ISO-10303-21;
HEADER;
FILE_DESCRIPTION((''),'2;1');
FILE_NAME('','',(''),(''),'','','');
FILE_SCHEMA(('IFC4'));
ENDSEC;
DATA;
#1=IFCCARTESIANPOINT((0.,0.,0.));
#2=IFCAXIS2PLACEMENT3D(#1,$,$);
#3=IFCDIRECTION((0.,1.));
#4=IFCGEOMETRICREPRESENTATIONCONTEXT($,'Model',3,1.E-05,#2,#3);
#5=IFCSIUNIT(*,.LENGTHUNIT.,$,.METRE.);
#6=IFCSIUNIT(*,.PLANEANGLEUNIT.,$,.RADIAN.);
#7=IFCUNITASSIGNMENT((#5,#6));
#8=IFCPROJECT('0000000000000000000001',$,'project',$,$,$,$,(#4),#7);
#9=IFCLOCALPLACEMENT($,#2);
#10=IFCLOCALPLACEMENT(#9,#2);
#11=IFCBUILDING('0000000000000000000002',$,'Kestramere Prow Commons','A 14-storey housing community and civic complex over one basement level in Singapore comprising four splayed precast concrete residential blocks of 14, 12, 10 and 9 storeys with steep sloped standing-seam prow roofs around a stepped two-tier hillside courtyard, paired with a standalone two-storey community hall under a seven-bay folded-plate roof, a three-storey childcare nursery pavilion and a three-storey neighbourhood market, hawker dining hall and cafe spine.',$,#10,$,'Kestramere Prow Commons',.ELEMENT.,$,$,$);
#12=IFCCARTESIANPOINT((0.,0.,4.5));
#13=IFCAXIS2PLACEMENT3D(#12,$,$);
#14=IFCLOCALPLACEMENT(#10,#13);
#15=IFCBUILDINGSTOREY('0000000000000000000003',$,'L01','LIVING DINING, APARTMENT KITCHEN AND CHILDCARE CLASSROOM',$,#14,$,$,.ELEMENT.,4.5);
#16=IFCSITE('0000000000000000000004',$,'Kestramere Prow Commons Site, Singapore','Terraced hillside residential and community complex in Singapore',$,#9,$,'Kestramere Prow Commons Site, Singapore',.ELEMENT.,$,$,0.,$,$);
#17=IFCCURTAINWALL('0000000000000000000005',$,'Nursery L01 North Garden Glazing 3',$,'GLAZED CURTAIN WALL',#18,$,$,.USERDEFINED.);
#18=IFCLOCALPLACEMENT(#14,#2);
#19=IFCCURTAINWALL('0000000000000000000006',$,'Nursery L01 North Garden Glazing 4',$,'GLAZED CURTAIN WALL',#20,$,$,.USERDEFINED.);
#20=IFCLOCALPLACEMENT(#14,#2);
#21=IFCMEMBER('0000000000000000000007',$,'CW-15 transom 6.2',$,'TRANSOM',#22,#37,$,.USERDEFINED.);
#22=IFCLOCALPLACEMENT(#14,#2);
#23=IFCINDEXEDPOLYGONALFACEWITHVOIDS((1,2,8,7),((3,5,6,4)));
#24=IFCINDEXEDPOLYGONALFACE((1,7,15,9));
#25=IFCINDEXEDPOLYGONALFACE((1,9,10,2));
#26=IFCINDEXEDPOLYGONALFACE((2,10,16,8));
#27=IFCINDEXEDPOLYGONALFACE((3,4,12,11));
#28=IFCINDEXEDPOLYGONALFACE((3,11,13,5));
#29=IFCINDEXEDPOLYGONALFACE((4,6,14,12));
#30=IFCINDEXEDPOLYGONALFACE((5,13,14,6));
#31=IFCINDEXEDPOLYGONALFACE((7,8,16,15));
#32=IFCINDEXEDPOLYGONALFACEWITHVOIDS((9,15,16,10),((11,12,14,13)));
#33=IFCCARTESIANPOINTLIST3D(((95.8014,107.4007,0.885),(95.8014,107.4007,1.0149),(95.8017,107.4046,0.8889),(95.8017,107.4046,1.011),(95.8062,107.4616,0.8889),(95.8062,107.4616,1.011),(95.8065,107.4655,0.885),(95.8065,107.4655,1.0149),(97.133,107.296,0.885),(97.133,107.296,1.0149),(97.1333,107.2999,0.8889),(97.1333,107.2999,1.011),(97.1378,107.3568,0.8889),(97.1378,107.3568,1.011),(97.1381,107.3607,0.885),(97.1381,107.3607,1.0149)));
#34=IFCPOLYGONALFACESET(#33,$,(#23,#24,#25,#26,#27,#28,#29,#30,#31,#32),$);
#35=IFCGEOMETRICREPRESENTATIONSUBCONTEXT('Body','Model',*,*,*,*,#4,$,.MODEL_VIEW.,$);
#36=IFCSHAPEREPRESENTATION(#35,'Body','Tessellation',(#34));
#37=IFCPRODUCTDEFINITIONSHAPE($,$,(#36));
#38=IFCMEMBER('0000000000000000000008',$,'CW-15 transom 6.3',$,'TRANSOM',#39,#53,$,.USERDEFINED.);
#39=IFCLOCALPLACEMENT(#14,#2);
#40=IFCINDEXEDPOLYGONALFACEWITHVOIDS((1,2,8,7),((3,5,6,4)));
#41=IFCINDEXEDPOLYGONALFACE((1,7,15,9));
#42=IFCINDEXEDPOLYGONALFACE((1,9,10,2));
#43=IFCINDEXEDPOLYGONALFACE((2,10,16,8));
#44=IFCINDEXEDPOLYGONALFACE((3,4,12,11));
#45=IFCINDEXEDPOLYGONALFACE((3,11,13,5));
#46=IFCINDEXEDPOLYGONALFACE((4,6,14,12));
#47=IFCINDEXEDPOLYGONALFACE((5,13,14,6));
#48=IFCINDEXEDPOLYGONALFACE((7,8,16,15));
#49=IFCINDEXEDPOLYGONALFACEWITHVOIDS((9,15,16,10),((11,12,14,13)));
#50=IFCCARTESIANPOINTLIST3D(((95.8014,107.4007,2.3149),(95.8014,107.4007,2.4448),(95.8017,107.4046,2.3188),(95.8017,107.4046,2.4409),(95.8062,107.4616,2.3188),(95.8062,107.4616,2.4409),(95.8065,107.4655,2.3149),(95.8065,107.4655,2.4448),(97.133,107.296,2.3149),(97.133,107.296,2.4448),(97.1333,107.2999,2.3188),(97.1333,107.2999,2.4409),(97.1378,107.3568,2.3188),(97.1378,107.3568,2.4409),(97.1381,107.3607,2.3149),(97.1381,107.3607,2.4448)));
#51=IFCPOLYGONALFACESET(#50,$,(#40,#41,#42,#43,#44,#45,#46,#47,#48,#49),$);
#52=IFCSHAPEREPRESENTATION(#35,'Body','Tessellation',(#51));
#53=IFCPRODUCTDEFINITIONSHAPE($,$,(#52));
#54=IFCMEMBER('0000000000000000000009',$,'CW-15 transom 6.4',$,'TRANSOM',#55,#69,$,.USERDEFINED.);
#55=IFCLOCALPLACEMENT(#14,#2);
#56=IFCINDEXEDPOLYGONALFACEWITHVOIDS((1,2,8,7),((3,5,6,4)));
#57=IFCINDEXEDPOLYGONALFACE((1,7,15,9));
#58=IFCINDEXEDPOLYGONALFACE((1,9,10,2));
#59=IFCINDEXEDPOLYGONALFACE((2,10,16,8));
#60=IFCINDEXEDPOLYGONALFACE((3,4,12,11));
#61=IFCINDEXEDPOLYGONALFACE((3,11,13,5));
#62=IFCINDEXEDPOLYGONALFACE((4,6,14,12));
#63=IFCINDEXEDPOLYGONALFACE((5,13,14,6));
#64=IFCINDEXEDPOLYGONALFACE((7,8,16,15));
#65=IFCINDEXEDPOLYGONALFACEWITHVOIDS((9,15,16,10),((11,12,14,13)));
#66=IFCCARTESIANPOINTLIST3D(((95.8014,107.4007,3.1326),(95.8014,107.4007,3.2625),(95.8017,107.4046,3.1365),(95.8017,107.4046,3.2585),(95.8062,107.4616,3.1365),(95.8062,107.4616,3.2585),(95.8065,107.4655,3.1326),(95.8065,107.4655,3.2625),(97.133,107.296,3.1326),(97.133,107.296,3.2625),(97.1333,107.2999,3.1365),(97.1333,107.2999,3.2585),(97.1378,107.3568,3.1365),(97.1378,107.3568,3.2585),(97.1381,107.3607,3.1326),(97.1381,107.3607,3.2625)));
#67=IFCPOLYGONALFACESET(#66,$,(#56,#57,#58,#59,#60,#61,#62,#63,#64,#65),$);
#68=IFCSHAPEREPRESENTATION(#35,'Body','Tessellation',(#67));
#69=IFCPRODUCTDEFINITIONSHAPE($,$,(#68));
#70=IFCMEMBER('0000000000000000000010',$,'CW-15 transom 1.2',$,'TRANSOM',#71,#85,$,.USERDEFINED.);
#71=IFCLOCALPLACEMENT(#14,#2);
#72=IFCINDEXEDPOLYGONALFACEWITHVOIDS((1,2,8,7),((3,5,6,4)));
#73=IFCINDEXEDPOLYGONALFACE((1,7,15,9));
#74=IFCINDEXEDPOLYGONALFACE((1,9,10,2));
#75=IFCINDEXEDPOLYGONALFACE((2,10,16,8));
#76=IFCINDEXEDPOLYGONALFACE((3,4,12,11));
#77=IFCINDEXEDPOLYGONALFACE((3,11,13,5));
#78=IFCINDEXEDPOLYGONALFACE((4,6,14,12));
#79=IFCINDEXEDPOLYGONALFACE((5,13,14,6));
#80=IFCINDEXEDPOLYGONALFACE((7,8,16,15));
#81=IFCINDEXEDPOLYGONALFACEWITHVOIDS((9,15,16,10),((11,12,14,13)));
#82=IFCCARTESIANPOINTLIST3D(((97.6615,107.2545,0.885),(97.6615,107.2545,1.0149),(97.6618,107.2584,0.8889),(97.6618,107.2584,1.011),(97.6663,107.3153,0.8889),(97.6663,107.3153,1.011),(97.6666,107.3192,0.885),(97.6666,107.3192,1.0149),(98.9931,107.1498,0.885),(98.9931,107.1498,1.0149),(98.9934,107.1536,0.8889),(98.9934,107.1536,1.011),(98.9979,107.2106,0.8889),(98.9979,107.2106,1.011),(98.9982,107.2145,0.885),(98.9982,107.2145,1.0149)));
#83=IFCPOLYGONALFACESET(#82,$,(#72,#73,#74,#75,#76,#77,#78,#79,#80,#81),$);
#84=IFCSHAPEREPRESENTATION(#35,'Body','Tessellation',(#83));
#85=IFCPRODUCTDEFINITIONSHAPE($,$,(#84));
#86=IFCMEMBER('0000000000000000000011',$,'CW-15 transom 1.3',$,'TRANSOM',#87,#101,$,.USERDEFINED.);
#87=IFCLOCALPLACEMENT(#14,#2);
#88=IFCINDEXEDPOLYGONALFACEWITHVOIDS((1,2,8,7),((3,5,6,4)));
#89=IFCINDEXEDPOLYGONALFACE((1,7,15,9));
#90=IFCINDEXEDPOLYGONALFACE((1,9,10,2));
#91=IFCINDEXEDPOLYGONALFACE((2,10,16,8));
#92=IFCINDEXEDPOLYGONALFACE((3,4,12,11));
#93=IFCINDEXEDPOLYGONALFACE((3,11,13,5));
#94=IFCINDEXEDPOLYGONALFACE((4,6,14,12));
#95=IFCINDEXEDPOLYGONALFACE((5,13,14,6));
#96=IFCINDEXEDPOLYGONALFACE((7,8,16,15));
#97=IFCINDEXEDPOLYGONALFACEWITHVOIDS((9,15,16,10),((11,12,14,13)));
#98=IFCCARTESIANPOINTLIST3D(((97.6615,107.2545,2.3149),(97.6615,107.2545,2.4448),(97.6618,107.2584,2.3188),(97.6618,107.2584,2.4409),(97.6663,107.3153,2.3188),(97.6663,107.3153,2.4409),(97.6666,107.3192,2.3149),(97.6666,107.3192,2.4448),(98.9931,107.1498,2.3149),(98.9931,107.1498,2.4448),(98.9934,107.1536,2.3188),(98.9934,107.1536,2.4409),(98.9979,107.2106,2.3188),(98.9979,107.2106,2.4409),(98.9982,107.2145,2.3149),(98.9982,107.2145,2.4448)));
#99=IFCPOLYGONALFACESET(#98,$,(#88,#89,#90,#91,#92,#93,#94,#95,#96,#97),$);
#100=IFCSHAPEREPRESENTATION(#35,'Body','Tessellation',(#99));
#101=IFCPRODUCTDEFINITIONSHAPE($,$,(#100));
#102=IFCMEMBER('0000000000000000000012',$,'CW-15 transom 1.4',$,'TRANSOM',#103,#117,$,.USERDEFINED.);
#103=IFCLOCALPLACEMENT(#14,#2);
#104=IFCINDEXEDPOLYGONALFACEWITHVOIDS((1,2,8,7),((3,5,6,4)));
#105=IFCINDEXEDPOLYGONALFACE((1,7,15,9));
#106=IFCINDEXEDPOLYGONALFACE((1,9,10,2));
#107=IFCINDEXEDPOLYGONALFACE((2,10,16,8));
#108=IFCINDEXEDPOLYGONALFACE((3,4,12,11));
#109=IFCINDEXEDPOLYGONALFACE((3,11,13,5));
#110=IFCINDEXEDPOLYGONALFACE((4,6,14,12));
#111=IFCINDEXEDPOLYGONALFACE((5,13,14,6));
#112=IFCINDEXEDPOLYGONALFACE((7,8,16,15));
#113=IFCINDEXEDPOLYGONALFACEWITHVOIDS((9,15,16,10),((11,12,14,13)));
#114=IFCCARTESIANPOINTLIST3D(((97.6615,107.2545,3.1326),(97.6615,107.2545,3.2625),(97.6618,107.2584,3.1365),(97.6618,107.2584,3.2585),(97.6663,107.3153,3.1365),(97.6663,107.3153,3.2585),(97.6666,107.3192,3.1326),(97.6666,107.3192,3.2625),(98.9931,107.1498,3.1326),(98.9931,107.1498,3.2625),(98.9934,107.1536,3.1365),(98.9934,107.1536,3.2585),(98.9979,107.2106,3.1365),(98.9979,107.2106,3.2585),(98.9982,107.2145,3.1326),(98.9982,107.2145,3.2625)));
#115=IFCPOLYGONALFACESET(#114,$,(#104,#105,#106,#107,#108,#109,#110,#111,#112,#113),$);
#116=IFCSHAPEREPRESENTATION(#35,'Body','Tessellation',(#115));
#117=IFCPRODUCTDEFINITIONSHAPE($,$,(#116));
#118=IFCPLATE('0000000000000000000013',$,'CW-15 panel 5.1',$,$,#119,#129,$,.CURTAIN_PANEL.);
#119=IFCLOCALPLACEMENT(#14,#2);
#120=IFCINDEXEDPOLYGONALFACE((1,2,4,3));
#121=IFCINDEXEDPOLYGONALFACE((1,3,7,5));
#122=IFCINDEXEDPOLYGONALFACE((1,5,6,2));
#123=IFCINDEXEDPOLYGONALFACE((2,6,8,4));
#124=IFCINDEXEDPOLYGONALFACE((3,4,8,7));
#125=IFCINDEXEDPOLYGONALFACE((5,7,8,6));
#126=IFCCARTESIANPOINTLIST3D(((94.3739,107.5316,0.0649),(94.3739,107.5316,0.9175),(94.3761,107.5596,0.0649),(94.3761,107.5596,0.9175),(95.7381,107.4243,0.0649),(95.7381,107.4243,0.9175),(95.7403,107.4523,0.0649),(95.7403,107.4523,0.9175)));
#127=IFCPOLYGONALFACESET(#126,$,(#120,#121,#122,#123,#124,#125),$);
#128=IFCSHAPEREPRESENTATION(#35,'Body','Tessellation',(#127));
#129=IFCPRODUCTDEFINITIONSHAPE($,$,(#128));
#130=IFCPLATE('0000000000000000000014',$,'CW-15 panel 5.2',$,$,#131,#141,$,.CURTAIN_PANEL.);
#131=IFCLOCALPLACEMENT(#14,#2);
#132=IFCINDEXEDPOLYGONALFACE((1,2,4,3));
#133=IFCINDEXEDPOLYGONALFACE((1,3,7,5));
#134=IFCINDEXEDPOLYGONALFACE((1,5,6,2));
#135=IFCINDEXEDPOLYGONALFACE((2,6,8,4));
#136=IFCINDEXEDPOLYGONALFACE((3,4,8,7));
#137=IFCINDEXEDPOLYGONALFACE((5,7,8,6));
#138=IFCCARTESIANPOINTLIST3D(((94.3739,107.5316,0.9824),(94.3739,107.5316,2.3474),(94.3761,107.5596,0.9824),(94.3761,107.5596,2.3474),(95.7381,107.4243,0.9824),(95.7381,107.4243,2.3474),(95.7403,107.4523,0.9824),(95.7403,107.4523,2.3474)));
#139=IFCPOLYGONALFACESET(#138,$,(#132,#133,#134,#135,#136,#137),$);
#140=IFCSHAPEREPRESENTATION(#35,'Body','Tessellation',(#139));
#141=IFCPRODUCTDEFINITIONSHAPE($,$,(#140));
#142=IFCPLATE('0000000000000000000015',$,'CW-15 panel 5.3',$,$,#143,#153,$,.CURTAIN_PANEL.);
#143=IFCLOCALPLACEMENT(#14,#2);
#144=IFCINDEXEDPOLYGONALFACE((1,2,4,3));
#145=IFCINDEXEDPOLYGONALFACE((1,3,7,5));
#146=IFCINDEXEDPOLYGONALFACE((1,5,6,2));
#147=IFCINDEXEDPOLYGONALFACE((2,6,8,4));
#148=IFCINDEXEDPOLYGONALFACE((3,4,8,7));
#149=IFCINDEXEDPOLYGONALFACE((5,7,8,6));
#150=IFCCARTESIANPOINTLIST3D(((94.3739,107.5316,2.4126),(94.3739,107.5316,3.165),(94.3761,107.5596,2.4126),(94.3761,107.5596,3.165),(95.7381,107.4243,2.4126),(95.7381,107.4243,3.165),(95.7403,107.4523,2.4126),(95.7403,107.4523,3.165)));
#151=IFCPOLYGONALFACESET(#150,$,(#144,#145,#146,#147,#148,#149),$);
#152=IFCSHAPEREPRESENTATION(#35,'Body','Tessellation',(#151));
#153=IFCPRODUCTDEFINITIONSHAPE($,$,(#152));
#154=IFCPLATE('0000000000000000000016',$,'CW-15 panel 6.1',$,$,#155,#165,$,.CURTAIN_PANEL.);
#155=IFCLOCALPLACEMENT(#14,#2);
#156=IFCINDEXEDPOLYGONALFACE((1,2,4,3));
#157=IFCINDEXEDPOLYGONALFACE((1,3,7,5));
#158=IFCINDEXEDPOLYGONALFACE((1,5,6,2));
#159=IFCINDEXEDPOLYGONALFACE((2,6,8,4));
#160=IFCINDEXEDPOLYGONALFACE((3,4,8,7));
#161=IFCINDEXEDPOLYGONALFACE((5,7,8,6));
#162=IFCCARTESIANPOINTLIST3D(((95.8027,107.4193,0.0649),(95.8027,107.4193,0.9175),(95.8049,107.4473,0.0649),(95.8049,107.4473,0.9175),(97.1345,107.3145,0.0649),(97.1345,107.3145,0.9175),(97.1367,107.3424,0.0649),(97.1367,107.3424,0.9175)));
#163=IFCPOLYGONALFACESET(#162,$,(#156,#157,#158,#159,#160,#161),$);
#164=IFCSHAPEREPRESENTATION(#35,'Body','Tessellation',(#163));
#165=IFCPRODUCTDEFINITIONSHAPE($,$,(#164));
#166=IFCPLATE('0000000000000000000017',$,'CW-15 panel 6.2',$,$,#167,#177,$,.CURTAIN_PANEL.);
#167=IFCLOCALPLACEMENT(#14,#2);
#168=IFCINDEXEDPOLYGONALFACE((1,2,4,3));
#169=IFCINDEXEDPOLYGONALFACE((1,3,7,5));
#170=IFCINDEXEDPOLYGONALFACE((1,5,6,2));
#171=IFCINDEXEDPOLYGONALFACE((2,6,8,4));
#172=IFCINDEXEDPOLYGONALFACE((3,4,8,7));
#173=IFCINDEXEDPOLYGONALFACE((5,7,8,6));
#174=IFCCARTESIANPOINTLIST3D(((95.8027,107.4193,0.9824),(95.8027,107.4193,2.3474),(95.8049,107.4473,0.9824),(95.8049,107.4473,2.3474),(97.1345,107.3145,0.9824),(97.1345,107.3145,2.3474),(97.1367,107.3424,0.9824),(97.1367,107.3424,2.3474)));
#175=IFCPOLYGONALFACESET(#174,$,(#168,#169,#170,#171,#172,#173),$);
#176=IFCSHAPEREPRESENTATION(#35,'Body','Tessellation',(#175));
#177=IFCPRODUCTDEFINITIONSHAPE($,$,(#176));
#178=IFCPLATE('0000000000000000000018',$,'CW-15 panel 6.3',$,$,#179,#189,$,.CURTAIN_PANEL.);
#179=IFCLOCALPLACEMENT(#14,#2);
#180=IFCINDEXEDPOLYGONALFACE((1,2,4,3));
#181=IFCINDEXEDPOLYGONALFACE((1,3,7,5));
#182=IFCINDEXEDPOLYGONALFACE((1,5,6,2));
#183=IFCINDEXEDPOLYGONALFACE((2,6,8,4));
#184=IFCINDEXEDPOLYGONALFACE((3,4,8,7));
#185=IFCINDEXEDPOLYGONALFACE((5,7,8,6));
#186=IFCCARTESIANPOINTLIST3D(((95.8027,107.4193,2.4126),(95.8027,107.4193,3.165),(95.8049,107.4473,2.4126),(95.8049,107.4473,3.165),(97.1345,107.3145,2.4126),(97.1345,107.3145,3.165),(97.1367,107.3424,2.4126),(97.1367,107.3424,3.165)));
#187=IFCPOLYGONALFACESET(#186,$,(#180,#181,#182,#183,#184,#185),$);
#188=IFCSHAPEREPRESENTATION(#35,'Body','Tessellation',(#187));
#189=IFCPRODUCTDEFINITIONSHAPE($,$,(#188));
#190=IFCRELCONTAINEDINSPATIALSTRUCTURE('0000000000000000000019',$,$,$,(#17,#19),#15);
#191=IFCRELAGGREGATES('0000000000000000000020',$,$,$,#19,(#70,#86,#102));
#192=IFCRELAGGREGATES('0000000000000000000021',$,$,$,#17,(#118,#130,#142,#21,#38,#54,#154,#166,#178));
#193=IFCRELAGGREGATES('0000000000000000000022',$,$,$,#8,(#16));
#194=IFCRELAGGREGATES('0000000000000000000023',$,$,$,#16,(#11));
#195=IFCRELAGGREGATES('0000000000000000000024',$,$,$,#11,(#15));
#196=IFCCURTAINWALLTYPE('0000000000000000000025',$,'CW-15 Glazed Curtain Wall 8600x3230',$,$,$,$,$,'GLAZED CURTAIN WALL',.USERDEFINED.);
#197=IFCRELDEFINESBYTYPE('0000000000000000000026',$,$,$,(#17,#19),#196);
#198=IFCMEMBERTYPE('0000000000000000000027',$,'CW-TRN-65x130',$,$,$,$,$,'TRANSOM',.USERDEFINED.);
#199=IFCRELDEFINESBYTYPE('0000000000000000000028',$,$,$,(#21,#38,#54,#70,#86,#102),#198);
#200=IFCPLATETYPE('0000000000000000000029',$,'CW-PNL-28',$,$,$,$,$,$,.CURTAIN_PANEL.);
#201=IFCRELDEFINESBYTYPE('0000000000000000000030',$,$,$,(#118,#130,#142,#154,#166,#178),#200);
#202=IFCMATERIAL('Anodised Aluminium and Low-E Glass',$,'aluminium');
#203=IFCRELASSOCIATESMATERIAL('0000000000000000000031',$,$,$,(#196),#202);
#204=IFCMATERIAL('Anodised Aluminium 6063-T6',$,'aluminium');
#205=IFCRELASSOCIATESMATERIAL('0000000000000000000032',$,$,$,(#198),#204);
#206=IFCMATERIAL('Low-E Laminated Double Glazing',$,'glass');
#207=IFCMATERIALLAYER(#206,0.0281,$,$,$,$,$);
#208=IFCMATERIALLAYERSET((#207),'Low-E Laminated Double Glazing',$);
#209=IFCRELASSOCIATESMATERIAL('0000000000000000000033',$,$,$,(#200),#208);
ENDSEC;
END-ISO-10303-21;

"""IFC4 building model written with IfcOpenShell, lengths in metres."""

from ifc_helpers import new_model, si_unit, direction, frame, origin, origin_2d, place, context, subcontext, project, spatial, rectangle, hollow_rectangle, extrude, material, layer, layer_set, material_profile, profile_set, type_object, element, aggregate, save


model = new_model("IFC4")

# Units and contexts
model_context = context("Model", 3, precision=1e-05, world=origin(), true_north=direction((0.0, 1.0)))
body_context = subcontext(model_context, "Body", "Model", "MODEL_VIEW")
ifc_project = project(units=[si_unit("LENGTHUNIT", "METRE"), si_unit("PLANEANGLEUNIT", "RADIAN")], contexts=[model_context])

# Site, building, storey
site_placement = place(None, origin())
site = spatial("IfcSite", under=ifc_project, at=site_placement, Name="Kestramere Prow Commons Site, Singapore", Description="Terraced hillside residential and community complex in Singapore", LongName="Kestramere Prow Commons Site, Singapore", CompositionType="ELEMENT", RefElevation=0.0)
building_placement = place(site_placement, origin())
building = spatial("IfcBuilding", under=site, at=building_placement, Name="Kestramere Prow Commons", Description="A 14-storey housing community and civic complex over one basement level in Singapore comprising four splayed precast concrete residential blocks of 14, 12, 10 and 9 storeys with steep sloped standing-seam prow roofs around a stepped two-tier hillside courtyard, paired with a standalone two-storey community hall under a seven-bay folded-plate roof, a three-storey childcare nursery pavilion and a three-storey neighbourhood market, hawker dining hall and cafe spine.", LongName="Kestramere Prow Commons", CompositionType="ELEMENT")
storey_placement = place(building_placement, frame((0.0, 0.0, 4.5)))
storey = spatial("IfcBuildingStorey", under=building, at=storey_placement, Name="L01", Description="LIVING DINING, APARTMENT KITCHEN AND CHILDCARE CLASSROOM", CompositionType="ELEMENT", Elevation=4.5)

# Curtain wall
ifc_material_1 = material(Name="Anodised Aluminium and Low-E Glass", Category="aluminium")
curtain_wall_type = type_object("IfcCurtainWallType", Name="CW-15 Glazed Curtain Wall 8600x3230", ElementType="GLAZED CURTAIN WALL", PredefinedType="USERDEFINED", material=ifc_material_1)
curtain_wall_1_placement = place(storey_placement, origin())
curtain_wall_1 = element("IfcCurtainWall", 1, at=curtain_wall_1_placement, inside=storey, type_object=curtain_wall_type, Name="Nursery L01 North Garden Glazing 3", ObjectType="GLAZED CURTAIN WALL", PredefinedType="USERDEFINED")
ifc_material_2 = material(Name="Anodised Aluminium 6063-T6", Category="aluminium")

# Curtain wall
curtain_wall_2_placement = place(storey_placement, origin())
curtain_wall_2 = element("IfcCurtainWall", 2, at=curtain_wall_2_placement, inside=storey, type_object=curtain_wall_type, Name="Nursery L01 North Garden Glazing 4", ObjectType="GLAZED CURTAIN WALL", PredefinedType="USERDEFINED")

# Members
ifc_material_profile_1 = material_profile(ifc_material_2, hollow_rectangle(XDim=0.0649, YDim=0.1299, WallThickness=0.0039, at=origin_2d()), Name="ALU-TRN 65x130")
ifc_profile_set_1 = profile_set([ifc_material_profile_1], Name="Anodised Aluminium 6063-T6")
member_type_1 = type_object("IfcMemberType", Name="CW-TRN-65x130", ElementType="TRANSOM", PredefinedType="USERDEFINED", material=ifc_profile_set_1)
member_1_placement = place(storey_placement, frame((95.804, 107.4331, 0.95), z_axis=(0.996921, -0.078416, 0.0), x_axis=(0.078416, 0.996921, 0.0)))
member_1 = element("IfcMember", 3, at=member_1_placement, type_object=member_type_1, Name="CW-15 transom 6.2", ObjectType="TRANSOM", PredefinedType="USERDEFINED", context=body_context, shape_type="SweptSolid", body=[
    extrude(hollow_rectangle(XDim=0.0649, YDim=0.1299, WallThickness=0.0039, at=origin_2d()), origin(), (0.0, 0.0, 1.0), 1.3357),
])
member_2_placement = place(storey_placement, frame((95.804, 107.4331, 2.3799), z_axis=(0.996921, -0.078416, 0.0), x_axis=(0.078416, 0.996921, 0.0)))
member_2 = element("IfcMember", 4, at=member_2_placement, type_object=member_type_1, Name="CW-15 transom 6.3", ObjectType="TRANSOM", PredefinedType="USERDEFINED", context=body_context, shape_type="SweptSolid", body=[
    extrude(hollow_rectangle(XDim=0.0649, YDim=0.1299, WallThickness=0.0039, at=origin_2d()), origin(), (0.0, 0.0, 1.0), 1.3357),
])
member_3_placement = place(storey_placement, frame((95.804, 107.4331, 3.1975), z_axis=(0.996921, -0.078416, 0.0), x_axis=(0.078416, 0.996921, 0.0)))
member_3 = element("IfcMember", 5, at=member_3_placement, type_object=member_type_1, Name="CW-15 transom 6.4", ObjectType="TRANSOM", PredefinedType="USERDEFINED", context=body_context, shape_type="SweptSolid", body=[
    extrude(hollow_rectangle(XDim=0.0649, YDim=0.1299, WallThickness=0.0039, at=origin_2d()), origin(), (0.0, 0.0, 1.0), 1.3357),
])
member_4_placement = place(storey_placement, frame((97.6641, 107.2869, 0.95), z_axis=(0.996921, -0.078416, 0.0), x_axis=(0.078416, 0.996921, 0.0)))
member_4 = element("IfcMember", 6, at=member_4_placement, type_object=member_type_1, Name="CW-15 transom 1.2", ObjectType="TRANSOM", PredefinedType="USERDEFINED", context=body_context, shape_type="SweptSolid", body=[
    extrude(hollow_rectangle(XDim=0.0649, YDim=0.1299, WallThickness=0.0039, at=origin_2d()), origin(), (0.0, 0.0, 1.0), 1.3357),
])
member_5_placement = place(storey_placement, frame((97.6641, 107.2869, 2.3799), z_axis=(0.996921, -0.078416, 0.0), x_axis=(0.078416, 0.996921, 0.0)))
member_5 = element("IfcMember", 7, at=member_5_placement, type_object=member_type_1, Name="CW-15 transom 1.3", ObjectType="TRANSOM", PredefinedType="USERDEFINED", context=body_context, shape_type="SweptSolid", body=[
    extrude(hollow_rectangle(XDim=0.0649, YDim=0.1299, WallThickness=0.0039, at=origin_2d()), origin(), (0.0, 0.0, 1.0), 1.3357),
])
member_6_placement = place(storey_placement, frame((97.6641, 107.2869, 3.1975), z_axis=(0.996921, -0.078416, 0.0), x_axis=(0.078416, 0.996921, 0.0)))
member_6 = element("IfcMember", 8, at=member_6_placement, type_object=member_type_1, Name="CW-15 transom 1.4", ObjectType="TRANSOM", PredefinedType="USERDEFINED", context=body_context, shape_type="SweptSolid", body=[
    extrude(hollow_rectangle(XDim=0.0649, YDim=0.1299, WallThickness=0.0039, at=origin_2d()), origin(), (0.0, 0.0, 1.0), 1.3357),
])
aggregate(curtain_wall_2, [member_4, member_5, member_6])

# Plates
ifc_material_3 = material(Name="Low-E Laminated Double Glazing", Category="glass")
ifc_layer = layer(ifc_material_3, 0.0281)
ifc_layer_set = layer_set([ifc_layer], Name="Low-E Laminated Double Glazing")
plate_type = type_object("IfcPlateType", Name="CW-PNL-28", PredefinedType="CURTAIN_PANEL", material=ifc_layer_set)
plate_1_placement = place(storey_placement, frame((95.0571, 107.4919, 0.0649), z_axis=(0.0, 0.0, 1.0), x_axis=(0.996917, -0.078459, 0.0)))
plate_1 = element("IfcPlate", 9, at=plate_1_placement, type_object=plate_type, Name="CW-15 panel 5.1", PredefinedType="CURTAIN_PANEL", context=body_context, shape_type="SweptSolid", body=[
    extrude(rectangle(XDim=1.3684, YDim=0.0281, at=origin_2d()), origin(), (0.0, 0.0, 1.0), 0.8525),
])
plate_2_placement = place(storey_placement, frame((95.0571, 107.4919, 0.9824), z_axis=(0.0, 0.0, 1.0), x_axis=(0.996917, -0.078459, 0.0)))
plate_2 = element("IfcPlate", 10, at=plate_2_placement, type_object=plate_type, Name="CW-15 panel 5.2", PredefinedType="CURTAIN_PANEL", context=body_context, shape_type="SweptSolid", body=[
    extrude(rectangle(XDim=1.3684, YDim=0.0281, at=origin_2d()), origin(), (0.0, 0.0, 1.0), 1.365),
])
plate_3_placement = place(storey_placement, frame((95.0571, 107.4919, 2.4126), z_axis=(0.0, 0.0, 1.0), x_axis=(0.996917, -0.078459, 0.0)))
plate_3 = element("IfcPlate", 11, at=plate_3_placement, type_object=plate_type, Name="CW-15 panel 5.3", PredefinedType="CURTAIN_PANEL", context=body_context, shape_type="SweptSolid", body=[
    extrude(rectangle(XDim=1.3684, YDim=0.0281, at=origin_2d()), origin(), (0.0, 0.0, 1.0), 0.7524),
])
plate_4_placement = place(storey_placement, frame((96.4697, 107.3809, 0.0649), z_axis=(0.0, 0.0, 1.0), x_axis=(0.996917, -0.078459, 0.0)))
plate_4 = element("IfcPlate", 12, at=plate_4_placement, type_object=plate_type, Name="CW-15 panel 6.1", PredefinedType="CURTAIN_PANEL", context=body_context, shape_type="SweptSolid", body=[
    extrude(rectangle(XDim=1.3359, YDim=0.0281, at=origin_2d()), origin(), (0.0, 0.0, 1.0), 0.8525),
])
plate_5_placement = place(storey_placement, frame((96.4697, 107.3809, 0.9824), z_axis=(0.0, 0.0, 1.0), x_axis=(0.996917, -0.078459, 0.0)))
plate_5 = element("IfcPlate", 13, at=plate_5_placement, type_object=plate_type, Name="CW-15 panel 6.2", PredefinedType="CURTAIN_PANEL", context=body_context, shape_type="SweptSolid", body=[
    extrude(rectangle(XDim=1.3359, YDim=0.0281, at=origin_2d()), origin(), (0.0, 0.0, 1.0), 1.365),
])
plate_6_placement = place(storey_placement, frame((96.4697, 107.3809, 2.4126), z_axis=(0.0, 0.0, 1.0), x_axis=(0.996917, -0.078459, 0.0)))
plate_6 = element("IfcPlate", 14, at=plate_6_placement, type_object=plate_type, Name="CW-15 panel 6.3", PredefinedType="CURTAIN_PANEL", context=body_context, shape_type="SweptSolid", body=[
    extrude(rectangle(XDim=1.3359, YDim=0.0281, at=origin_2d()), origin(), (0.0, 0.0, 1.0), 0.7524),
])
aggregate(curtain_wall_1, [plate_1, plate_2, plate_3, member_1, member_2, member_3, plate_4, plate_5, plate_6])

save(model, "model.ifc")
